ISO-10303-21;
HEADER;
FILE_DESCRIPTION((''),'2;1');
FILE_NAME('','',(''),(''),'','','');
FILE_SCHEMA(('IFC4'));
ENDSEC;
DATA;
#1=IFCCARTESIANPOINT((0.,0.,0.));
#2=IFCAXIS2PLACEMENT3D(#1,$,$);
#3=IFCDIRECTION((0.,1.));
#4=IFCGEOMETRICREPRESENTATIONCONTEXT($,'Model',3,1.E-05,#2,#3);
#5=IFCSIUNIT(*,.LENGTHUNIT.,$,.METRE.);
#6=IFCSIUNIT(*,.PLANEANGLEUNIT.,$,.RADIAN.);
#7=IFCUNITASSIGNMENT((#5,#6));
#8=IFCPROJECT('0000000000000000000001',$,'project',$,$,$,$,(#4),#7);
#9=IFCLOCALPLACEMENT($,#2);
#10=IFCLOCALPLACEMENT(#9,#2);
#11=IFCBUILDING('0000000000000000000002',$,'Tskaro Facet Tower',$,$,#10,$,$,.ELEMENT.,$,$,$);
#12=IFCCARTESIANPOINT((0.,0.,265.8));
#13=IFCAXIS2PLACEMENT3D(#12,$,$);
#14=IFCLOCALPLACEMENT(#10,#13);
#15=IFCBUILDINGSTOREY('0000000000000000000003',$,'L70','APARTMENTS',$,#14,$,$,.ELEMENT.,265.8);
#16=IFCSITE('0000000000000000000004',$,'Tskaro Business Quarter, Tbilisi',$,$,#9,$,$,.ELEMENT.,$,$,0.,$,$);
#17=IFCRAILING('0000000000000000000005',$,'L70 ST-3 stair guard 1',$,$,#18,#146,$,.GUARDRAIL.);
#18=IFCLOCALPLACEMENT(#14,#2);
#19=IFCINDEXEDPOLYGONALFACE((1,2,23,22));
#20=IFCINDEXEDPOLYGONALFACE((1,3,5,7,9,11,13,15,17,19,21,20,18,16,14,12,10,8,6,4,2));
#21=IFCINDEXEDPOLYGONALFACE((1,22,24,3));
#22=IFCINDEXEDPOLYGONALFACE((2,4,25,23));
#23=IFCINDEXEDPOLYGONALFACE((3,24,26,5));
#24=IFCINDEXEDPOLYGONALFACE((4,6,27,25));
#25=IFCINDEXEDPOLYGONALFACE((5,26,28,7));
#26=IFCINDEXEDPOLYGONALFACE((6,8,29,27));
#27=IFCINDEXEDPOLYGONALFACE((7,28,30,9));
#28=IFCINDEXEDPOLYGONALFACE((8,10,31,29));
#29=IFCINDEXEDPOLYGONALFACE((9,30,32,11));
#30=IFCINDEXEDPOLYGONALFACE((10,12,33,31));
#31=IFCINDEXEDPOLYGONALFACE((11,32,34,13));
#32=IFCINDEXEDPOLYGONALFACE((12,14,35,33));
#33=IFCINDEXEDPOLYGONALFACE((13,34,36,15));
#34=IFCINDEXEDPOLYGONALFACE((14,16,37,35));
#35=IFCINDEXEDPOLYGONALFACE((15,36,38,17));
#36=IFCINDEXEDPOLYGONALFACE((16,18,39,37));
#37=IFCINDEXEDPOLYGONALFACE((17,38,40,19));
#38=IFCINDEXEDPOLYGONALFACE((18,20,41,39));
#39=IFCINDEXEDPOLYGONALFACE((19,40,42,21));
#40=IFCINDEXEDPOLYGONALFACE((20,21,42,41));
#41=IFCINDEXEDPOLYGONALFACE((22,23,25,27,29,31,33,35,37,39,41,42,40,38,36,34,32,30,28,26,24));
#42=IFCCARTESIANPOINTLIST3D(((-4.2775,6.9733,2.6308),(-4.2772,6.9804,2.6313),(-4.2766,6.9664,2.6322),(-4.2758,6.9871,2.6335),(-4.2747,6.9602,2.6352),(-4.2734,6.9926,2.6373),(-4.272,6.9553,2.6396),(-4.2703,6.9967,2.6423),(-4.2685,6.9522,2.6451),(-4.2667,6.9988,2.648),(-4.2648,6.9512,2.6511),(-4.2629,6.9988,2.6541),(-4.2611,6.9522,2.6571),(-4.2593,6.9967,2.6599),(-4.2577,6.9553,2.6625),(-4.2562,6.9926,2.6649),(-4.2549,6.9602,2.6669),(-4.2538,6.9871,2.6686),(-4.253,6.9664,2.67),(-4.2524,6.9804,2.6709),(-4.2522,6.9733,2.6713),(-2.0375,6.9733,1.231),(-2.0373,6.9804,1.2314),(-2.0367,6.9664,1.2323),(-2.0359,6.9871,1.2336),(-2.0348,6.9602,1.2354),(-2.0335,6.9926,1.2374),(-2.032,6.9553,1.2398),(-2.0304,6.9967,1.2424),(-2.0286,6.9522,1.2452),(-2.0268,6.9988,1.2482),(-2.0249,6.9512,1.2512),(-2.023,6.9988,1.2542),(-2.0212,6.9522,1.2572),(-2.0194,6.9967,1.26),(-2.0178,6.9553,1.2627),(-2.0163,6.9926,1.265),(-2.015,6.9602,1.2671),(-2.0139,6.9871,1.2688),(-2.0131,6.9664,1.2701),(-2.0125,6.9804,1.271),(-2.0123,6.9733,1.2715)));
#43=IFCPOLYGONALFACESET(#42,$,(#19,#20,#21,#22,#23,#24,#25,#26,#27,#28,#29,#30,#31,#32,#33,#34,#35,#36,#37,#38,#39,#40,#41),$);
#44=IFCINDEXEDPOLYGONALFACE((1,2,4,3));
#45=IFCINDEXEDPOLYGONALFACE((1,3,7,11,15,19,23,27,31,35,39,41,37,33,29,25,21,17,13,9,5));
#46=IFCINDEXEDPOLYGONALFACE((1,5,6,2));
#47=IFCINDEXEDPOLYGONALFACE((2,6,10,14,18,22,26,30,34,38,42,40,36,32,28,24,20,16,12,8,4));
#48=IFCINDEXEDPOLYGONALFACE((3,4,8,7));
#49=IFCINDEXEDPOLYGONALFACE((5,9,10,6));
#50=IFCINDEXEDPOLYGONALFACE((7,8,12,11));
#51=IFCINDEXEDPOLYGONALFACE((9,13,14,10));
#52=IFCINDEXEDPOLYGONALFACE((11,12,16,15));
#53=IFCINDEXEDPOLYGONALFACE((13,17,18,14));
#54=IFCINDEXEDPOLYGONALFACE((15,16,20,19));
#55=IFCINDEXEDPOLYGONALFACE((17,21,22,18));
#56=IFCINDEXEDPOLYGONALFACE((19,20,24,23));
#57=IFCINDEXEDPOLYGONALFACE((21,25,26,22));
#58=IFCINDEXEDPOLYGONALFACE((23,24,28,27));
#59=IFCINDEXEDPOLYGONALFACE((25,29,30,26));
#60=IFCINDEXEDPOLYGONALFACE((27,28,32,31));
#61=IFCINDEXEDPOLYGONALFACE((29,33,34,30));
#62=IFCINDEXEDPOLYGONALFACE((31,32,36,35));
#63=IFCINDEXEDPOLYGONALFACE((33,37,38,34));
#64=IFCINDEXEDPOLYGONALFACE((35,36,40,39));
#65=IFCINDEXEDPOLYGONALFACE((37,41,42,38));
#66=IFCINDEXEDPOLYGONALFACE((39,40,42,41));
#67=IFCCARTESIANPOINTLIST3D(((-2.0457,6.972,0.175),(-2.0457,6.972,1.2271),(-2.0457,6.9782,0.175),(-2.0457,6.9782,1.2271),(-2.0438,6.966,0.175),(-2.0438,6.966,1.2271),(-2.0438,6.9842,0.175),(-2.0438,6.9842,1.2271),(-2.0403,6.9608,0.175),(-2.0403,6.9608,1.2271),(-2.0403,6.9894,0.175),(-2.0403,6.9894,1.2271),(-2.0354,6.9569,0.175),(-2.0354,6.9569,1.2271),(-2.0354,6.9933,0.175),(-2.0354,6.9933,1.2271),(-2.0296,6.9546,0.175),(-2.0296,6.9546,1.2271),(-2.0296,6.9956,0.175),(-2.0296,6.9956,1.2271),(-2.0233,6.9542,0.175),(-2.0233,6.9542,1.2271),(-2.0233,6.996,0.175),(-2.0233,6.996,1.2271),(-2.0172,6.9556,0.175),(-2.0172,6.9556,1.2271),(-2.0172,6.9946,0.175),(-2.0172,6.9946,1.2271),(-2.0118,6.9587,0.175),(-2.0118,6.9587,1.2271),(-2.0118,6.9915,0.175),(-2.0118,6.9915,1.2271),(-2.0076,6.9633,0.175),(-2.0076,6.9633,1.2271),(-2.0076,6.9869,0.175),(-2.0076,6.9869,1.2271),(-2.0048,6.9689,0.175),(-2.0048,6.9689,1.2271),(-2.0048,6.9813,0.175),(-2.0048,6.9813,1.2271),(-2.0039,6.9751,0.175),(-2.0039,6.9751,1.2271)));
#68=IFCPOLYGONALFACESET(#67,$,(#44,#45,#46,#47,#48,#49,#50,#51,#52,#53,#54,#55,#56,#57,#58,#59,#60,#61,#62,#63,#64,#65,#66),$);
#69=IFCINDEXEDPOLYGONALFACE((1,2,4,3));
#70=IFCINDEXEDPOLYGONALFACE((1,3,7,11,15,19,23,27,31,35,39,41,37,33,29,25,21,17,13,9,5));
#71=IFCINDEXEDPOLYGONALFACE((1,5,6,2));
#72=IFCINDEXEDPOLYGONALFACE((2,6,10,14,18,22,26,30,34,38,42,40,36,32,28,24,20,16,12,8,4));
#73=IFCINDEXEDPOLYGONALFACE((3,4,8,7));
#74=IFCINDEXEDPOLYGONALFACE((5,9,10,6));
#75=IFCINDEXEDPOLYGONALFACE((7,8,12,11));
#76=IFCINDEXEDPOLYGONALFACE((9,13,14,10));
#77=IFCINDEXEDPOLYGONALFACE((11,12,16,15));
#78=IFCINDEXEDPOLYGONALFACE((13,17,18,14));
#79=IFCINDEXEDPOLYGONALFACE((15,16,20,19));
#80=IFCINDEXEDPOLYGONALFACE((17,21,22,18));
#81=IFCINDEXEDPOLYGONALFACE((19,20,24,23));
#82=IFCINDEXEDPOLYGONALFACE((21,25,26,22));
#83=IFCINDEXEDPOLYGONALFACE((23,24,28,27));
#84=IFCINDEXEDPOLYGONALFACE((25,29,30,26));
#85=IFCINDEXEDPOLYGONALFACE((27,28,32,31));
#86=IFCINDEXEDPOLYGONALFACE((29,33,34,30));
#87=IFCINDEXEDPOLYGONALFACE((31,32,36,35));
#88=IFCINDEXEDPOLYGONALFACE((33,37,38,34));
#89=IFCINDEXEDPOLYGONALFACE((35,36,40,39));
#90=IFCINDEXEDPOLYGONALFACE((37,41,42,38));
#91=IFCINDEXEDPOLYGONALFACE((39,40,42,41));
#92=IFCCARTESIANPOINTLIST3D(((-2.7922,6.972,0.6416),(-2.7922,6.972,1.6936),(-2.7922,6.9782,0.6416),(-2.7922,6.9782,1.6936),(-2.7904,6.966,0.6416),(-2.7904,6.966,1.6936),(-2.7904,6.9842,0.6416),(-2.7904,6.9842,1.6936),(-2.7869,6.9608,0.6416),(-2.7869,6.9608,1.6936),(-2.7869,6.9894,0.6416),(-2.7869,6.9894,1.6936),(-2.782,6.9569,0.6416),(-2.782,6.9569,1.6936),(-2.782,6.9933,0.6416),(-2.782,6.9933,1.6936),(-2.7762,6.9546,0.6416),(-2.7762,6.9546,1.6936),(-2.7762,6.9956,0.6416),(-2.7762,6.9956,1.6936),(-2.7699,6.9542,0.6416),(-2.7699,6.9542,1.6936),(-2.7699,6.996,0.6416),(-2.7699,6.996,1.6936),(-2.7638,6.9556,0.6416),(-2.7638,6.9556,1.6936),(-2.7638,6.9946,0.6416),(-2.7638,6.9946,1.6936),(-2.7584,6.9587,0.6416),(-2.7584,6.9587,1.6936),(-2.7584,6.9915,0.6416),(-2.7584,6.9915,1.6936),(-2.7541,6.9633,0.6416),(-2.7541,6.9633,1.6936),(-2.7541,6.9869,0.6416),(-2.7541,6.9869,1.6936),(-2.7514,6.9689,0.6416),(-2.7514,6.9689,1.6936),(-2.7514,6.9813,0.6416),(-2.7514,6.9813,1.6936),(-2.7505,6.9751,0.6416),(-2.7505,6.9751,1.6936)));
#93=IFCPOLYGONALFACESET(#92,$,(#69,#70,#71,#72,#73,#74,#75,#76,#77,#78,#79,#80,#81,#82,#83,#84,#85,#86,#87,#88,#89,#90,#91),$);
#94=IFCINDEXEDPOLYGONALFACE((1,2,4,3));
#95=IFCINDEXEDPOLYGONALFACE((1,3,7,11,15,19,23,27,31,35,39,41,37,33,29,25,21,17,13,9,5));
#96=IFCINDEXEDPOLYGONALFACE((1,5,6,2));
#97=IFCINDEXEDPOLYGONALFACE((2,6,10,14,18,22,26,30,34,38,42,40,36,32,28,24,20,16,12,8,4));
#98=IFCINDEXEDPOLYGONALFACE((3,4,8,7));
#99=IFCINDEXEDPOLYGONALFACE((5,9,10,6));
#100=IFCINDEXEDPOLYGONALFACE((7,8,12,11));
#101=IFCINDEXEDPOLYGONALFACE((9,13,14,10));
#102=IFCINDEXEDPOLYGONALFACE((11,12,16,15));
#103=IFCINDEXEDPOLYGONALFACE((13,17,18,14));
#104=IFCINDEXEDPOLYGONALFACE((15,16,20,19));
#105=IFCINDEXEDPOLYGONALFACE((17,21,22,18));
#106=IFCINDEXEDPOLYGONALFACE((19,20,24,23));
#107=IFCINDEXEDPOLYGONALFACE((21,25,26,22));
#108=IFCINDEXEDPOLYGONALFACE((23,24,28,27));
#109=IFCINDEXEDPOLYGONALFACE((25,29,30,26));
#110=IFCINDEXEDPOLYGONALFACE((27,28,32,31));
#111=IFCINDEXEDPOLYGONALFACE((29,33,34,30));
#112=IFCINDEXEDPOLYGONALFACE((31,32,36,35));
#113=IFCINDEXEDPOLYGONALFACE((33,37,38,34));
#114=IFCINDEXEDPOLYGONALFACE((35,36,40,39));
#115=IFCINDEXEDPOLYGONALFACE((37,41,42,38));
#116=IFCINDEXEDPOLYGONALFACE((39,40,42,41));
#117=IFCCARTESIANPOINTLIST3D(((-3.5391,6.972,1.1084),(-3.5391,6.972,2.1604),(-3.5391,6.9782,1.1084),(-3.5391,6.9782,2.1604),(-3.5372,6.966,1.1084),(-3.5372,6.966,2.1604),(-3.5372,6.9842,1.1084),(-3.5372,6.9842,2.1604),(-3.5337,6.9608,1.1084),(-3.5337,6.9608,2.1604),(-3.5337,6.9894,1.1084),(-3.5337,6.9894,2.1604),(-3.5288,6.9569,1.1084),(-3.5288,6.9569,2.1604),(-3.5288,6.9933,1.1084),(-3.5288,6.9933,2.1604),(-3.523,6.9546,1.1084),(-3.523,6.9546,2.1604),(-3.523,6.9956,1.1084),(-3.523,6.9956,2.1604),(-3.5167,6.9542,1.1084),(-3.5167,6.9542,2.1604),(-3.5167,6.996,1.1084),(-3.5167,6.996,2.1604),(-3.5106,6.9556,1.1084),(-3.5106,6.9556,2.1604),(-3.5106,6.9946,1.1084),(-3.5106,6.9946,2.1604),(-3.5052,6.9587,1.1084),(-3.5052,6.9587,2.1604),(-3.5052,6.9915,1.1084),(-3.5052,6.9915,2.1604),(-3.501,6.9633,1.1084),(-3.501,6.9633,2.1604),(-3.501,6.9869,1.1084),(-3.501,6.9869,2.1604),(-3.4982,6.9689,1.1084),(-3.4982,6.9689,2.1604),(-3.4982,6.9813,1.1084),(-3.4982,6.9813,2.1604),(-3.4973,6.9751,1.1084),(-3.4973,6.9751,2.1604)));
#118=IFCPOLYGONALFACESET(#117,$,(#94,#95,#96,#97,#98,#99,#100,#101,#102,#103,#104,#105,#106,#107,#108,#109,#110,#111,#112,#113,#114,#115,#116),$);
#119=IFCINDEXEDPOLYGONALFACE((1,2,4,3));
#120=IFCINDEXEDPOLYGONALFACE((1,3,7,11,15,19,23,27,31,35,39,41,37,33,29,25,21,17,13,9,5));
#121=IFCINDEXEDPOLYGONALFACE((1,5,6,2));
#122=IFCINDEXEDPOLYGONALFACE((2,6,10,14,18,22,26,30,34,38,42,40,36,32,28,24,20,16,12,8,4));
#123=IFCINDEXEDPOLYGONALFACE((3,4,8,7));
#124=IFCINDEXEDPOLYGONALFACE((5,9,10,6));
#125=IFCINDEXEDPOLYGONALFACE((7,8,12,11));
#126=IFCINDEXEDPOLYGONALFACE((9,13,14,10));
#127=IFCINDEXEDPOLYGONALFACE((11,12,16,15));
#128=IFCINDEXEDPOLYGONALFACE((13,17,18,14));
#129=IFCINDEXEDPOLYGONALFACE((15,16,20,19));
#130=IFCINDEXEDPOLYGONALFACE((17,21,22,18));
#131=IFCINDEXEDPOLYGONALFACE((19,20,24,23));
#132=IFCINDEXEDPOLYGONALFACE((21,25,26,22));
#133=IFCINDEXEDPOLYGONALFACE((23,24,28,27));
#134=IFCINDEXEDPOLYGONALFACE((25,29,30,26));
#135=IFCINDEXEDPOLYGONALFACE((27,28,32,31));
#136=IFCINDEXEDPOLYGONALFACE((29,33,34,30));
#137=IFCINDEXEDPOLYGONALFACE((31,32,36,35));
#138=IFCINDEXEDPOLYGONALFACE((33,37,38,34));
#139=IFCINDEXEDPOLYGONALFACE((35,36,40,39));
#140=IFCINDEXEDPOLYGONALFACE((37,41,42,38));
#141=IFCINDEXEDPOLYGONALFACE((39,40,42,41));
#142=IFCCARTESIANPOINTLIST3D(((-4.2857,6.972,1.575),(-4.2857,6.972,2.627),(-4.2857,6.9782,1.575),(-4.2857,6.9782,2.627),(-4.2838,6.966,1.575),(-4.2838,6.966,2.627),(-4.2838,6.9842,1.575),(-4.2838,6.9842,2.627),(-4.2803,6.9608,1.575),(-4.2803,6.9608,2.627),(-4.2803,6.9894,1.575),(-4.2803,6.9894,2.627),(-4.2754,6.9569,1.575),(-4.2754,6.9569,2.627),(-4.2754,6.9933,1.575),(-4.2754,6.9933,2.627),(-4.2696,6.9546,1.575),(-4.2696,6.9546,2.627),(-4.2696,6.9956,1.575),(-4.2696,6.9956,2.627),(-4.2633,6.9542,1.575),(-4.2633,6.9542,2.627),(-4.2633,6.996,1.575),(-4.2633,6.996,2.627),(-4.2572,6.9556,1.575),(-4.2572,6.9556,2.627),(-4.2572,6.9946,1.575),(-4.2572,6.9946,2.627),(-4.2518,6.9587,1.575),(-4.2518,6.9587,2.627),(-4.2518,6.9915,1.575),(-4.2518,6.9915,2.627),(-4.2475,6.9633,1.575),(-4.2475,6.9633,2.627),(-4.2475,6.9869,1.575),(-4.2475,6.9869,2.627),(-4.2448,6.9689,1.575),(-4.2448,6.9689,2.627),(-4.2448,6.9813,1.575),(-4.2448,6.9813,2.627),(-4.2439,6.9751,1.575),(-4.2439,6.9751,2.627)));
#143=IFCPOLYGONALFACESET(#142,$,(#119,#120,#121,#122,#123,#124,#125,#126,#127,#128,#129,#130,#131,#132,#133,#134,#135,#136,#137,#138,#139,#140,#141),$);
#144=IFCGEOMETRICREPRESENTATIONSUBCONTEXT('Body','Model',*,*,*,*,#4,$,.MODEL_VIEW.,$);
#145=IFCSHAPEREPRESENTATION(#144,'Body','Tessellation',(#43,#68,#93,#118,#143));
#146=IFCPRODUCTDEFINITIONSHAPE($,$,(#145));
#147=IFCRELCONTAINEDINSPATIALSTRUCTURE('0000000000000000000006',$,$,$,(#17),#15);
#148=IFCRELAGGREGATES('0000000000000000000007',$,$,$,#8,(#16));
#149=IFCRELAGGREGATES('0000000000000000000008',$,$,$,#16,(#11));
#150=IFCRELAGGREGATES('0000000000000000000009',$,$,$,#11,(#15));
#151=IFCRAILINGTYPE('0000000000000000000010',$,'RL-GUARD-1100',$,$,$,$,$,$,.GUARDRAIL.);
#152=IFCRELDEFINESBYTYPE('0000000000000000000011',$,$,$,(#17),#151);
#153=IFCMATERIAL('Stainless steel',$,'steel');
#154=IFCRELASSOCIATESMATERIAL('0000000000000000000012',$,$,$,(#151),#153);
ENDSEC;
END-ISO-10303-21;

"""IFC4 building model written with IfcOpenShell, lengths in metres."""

from ifc_helpers import new_model, si_unit, direction, frame, origin, origin_2d, place, context, subcontext, project, spatial, circle, extrude, material, type_object, element, save


model = new_model("IFC4")

# Units and contexts
model_context = context("Model", 3, precision=1e-05, world=origin(), true_north=direction((0.0, 1.0)))
body_context = subcontext(model_context, "Body", "Model", "MODEL_VIEW")
ifc_project = project(units=[si_unit("LENGTHUNIT", "METRE"), si_unit("PLANEANGLEUNIT", "RADIAN")], contexts=[model_context])

# Site, building, storey
site_placement = place(None, origin())
site = spatial("IfcSite", under=ifc_project, at=site_placement, Name="Tskaro Business Quarter, Tbilisi", CompositionType="ELEMENT", RefElevation=0.0)
building_placement = place(site_placement, origin())
building = spatial("IfcBuilding", under=site, at=building_placement, Name="Tskaro Facet Tower", CompositionType="ELEMENT")
storey_placement = place(building_placement, frame((0.0, 0.0, 265.8)))
storey = spatial("IfcBuildingStorey", under=building, at=storey_placement, Name="L70", Description="APARTMENTS", CompositionType="ELEMENT", Elevation=265.8)

# Railing
ifc_material_1 = material(Name="Stainless steel", Category="steel")
railing_type_1 = type_object("IfcRailingType", Name="RL-GUARD-1100", PredefinedType="GUARDRAIL", material=ifc_material_1)
railing_1_placement = place(storey_placement, frame((-2.0249, 6.9751, 0.175)))
element("IfcRailing", 1, at=railing_1_placement, inside=storey, type_object=railing_type_1, Name="L70 ST-3 stair guard 1", PredefinedType="GUARDRAIL", context=body_context, shape_type="SweptSolid", body=[
    extrude(circle(Radius=0.0239, at=origin_2d()), frame((0.0, 0.0, 1.0762), z_axis=(-0.848014, 0.0, 0.529974), x_axis=(0.0, -1.0, 0.0)), (0.0, 0.0, 1.0), 2.6414),
    extrude(circle(Radius=0.021, at=origin_2d()), origin(), (0.0, 0.0, 1.0), 1.052),
    extrude(circle(Radius=0.021, at=origin_2d()), frame((-0.7466, 0.0, 0.4666)), (0.0, 0.0, 1.0), 1.052),
    extrude(circle(Radius=0.021, at=origin_2d()), frame((-1.4934, 0.0, 0.9333)), (0.0, 0.0, 1.0), 1.052),
    extrude(circle(Radius=0.021, at=origin_2d()), frame((-2.24, 0.0, 1.3999)), (0.0, 0.0, 1.0), 1.052),
])

save(model, "model.ifc")
